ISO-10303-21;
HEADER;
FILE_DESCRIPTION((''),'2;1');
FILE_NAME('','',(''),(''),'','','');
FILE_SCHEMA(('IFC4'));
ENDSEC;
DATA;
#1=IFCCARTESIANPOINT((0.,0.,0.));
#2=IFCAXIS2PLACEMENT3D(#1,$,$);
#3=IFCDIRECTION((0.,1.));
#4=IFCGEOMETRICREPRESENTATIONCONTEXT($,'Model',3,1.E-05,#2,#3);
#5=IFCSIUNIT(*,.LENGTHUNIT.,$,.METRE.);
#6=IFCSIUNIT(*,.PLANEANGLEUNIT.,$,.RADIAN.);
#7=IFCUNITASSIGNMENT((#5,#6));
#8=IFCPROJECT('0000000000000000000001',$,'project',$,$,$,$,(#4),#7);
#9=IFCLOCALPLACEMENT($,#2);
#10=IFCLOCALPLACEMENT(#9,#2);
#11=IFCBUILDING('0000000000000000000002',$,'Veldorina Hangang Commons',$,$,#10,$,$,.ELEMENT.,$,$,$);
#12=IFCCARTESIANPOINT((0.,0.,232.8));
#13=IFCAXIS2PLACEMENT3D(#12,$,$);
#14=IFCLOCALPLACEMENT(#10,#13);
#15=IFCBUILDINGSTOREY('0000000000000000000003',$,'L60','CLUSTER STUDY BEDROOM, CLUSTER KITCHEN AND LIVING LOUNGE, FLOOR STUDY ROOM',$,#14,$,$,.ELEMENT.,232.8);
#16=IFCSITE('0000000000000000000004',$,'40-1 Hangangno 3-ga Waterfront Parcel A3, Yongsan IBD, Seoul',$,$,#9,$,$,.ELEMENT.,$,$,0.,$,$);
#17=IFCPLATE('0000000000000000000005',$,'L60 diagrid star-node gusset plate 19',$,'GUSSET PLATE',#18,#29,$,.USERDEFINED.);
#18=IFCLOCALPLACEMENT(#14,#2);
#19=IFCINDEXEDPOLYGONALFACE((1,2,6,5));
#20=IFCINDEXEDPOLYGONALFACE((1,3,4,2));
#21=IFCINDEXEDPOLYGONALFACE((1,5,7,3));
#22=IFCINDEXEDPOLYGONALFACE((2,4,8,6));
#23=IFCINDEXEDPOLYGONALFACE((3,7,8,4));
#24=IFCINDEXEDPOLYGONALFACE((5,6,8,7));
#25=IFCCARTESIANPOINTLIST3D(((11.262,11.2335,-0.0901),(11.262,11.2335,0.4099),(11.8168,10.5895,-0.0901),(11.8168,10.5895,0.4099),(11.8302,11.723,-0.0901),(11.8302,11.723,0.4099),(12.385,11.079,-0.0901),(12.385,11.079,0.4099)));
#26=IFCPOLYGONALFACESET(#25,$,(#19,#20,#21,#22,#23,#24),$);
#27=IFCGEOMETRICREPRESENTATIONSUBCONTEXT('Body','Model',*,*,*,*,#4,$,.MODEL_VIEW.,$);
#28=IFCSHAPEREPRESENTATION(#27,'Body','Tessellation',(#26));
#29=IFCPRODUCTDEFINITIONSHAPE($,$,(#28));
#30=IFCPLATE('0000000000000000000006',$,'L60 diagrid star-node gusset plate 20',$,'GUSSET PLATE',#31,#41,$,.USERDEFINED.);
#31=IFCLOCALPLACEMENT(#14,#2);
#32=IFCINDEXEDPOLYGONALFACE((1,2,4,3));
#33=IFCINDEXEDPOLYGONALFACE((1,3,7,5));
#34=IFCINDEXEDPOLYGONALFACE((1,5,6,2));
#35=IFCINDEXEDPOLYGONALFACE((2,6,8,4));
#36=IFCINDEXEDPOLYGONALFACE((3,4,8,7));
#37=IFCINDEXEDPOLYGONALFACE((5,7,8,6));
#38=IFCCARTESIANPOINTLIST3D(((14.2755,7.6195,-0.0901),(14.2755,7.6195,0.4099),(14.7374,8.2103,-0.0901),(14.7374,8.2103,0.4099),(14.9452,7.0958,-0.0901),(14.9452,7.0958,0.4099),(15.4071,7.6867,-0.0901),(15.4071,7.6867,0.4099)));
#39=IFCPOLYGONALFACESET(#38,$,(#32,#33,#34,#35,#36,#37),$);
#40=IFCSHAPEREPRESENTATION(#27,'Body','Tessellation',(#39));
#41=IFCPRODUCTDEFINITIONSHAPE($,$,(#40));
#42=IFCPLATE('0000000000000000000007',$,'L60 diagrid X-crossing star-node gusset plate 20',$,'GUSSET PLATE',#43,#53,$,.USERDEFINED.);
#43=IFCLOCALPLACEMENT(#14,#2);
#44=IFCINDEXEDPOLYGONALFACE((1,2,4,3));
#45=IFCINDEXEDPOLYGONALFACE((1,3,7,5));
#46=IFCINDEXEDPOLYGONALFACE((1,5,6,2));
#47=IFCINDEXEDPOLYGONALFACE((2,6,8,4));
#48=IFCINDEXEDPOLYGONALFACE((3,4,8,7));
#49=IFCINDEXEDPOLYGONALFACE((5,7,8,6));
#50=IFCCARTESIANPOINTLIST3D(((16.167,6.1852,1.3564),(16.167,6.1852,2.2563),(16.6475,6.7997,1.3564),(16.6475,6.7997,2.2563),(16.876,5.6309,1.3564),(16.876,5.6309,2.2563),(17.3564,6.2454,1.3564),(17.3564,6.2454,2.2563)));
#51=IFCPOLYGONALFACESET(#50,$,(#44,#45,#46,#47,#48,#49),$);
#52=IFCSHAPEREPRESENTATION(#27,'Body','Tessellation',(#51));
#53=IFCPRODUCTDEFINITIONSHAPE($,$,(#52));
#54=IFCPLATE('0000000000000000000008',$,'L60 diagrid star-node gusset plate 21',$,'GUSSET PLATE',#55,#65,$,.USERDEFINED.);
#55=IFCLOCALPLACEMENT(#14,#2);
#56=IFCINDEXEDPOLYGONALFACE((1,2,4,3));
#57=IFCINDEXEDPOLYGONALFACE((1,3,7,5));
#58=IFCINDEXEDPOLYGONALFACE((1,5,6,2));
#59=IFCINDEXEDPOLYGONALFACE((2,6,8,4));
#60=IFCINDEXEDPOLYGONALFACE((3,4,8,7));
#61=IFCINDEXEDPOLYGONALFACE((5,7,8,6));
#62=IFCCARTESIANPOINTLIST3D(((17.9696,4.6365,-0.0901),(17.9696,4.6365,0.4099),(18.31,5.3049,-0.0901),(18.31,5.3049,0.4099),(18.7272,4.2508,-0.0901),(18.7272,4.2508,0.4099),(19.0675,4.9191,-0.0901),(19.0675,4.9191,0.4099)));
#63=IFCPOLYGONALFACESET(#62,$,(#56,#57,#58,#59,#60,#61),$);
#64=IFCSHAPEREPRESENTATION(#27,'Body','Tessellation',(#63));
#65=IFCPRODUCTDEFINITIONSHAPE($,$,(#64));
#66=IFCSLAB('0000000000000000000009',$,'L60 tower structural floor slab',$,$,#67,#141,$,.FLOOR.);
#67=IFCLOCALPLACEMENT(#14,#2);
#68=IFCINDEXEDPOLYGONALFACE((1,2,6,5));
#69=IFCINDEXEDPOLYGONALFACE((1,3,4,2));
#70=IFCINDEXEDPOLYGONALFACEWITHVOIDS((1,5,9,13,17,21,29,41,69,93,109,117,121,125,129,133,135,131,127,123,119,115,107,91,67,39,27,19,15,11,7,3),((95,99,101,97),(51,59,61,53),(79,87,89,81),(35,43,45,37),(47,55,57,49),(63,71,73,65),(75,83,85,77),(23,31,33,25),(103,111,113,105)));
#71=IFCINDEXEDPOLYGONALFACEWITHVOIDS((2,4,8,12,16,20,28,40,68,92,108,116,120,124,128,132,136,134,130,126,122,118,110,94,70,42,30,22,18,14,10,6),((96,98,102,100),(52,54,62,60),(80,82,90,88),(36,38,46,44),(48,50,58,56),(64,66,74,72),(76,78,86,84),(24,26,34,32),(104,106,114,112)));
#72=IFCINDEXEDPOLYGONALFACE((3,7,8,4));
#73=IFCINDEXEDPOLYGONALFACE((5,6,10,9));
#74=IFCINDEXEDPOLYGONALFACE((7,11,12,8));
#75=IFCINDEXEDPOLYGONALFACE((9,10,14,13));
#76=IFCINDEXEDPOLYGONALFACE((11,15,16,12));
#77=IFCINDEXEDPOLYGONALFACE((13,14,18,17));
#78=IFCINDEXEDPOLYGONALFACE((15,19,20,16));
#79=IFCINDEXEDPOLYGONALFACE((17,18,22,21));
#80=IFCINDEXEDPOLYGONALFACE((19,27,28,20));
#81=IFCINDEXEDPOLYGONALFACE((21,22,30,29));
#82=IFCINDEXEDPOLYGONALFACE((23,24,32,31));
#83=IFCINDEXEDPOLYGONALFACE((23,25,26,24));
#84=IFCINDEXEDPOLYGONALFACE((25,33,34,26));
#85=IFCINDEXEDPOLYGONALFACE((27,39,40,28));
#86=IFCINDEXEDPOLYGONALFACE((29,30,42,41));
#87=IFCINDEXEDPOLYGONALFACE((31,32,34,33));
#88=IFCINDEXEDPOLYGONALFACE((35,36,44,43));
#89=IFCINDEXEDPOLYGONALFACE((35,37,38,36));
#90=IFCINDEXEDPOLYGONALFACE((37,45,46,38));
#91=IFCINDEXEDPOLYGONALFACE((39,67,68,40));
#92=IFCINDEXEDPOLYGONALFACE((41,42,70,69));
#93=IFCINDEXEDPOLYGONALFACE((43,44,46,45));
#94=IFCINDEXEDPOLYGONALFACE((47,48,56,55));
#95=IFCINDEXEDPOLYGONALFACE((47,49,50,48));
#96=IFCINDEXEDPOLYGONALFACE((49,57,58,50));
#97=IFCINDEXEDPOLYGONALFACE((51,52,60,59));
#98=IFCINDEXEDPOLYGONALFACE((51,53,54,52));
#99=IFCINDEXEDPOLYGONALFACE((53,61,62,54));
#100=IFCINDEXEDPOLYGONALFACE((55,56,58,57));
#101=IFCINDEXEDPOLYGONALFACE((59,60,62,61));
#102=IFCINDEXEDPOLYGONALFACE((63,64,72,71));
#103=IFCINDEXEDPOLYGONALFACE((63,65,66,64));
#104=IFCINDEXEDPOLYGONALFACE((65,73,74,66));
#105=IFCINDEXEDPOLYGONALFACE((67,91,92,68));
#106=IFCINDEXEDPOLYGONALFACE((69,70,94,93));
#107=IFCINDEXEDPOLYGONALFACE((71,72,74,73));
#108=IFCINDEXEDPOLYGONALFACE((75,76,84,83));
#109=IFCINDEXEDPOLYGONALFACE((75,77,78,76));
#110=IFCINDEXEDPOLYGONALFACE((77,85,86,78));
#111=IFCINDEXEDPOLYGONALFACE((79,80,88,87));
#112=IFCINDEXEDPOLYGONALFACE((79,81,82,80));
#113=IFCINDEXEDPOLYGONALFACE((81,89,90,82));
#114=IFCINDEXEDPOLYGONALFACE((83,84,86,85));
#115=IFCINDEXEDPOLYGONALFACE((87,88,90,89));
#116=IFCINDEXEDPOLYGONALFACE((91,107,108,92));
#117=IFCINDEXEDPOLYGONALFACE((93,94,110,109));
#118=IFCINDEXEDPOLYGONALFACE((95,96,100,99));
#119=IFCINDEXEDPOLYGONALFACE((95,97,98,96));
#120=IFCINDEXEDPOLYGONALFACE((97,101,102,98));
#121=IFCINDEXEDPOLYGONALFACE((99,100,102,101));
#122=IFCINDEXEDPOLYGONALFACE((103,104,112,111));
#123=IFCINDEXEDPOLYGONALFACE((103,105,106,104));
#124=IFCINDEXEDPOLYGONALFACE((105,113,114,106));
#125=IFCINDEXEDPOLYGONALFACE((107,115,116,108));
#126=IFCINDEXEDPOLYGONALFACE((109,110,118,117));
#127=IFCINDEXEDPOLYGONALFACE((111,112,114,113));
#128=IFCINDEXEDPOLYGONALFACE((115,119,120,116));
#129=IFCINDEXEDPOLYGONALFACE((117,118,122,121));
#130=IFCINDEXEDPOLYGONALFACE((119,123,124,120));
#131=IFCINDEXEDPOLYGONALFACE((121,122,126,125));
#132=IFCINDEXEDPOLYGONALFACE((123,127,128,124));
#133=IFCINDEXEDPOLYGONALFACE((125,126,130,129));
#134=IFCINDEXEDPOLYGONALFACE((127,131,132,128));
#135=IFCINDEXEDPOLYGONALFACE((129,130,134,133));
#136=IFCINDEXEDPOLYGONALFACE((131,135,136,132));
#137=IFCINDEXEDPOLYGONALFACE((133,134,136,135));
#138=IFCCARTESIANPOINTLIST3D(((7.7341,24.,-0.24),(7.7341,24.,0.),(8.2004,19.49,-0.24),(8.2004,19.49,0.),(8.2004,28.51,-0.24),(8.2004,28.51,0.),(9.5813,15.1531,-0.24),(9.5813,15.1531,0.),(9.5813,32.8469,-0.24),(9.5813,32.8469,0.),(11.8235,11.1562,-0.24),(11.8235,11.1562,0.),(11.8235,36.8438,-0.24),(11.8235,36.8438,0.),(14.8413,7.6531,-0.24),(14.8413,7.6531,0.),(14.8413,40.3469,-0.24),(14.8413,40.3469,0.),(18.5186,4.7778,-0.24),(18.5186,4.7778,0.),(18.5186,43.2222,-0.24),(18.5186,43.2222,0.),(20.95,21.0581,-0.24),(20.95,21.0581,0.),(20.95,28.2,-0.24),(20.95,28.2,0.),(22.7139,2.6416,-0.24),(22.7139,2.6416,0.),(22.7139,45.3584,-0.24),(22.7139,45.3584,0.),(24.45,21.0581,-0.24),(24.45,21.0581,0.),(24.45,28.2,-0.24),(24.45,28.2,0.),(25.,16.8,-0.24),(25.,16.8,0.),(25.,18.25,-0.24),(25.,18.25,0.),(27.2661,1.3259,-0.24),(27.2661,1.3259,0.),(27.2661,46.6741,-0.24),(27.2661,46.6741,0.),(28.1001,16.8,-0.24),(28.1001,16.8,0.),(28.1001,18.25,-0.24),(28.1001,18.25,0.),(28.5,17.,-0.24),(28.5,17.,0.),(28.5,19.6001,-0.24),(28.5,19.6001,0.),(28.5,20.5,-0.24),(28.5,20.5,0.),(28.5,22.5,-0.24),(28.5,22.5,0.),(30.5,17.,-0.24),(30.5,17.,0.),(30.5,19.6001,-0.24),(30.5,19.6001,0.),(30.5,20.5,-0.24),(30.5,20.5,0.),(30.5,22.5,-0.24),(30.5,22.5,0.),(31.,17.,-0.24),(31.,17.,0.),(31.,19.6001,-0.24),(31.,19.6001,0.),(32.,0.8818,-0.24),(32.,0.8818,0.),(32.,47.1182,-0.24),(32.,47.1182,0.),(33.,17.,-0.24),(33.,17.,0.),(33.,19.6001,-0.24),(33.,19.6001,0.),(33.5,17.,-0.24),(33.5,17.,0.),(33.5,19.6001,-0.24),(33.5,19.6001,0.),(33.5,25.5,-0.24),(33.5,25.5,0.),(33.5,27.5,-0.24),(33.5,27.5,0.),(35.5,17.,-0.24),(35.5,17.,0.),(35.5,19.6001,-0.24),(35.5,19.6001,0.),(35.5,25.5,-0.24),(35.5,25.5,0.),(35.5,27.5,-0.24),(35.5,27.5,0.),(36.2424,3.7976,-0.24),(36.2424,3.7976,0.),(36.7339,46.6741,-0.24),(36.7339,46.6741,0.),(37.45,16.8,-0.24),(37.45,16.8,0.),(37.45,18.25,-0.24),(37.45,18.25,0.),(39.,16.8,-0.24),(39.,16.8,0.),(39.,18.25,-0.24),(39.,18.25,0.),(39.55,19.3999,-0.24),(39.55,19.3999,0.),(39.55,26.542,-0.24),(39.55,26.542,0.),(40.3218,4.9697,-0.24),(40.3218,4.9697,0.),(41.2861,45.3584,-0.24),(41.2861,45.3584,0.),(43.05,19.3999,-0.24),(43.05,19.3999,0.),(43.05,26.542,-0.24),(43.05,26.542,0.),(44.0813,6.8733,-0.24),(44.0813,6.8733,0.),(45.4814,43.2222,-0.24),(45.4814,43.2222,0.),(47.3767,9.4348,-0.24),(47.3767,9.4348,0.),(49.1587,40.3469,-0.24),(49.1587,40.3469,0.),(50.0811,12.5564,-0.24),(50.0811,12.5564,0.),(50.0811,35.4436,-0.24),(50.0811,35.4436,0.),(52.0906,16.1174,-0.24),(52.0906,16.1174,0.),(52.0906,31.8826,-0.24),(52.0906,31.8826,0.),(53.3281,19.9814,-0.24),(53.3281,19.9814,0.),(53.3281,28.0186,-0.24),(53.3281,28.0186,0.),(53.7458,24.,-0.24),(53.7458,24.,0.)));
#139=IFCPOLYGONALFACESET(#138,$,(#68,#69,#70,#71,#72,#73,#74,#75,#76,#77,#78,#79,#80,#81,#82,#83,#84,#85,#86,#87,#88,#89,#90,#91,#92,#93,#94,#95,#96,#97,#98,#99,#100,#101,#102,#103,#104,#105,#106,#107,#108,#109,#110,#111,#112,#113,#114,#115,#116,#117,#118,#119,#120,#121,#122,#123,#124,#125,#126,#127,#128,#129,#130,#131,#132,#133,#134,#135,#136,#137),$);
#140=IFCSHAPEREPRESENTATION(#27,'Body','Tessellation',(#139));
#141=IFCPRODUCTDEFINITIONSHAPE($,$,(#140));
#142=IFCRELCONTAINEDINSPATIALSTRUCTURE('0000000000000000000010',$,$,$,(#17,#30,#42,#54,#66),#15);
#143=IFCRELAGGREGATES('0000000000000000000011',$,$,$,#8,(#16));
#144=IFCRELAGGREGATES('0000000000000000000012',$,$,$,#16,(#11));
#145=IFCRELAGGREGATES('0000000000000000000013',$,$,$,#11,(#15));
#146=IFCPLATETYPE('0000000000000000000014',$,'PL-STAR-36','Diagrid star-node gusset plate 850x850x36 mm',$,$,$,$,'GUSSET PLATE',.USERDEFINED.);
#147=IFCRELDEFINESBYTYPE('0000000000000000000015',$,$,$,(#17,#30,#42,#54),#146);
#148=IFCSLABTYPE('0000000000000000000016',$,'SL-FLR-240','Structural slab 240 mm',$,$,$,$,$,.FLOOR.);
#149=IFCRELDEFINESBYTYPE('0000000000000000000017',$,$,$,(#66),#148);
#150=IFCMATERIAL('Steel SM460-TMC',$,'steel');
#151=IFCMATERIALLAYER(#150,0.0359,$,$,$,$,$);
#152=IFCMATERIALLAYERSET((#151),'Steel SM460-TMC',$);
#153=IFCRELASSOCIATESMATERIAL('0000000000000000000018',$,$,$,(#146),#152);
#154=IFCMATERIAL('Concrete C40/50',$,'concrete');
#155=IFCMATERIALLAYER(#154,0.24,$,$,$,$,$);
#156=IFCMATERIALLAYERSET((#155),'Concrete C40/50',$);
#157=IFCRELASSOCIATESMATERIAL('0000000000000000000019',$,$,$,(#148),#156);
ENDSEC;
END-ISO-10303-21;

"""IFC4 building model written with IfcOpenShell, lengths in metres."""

from ifc_helpers import new_model, si_unit, direction, frame, origin, origin_2d, place, context, subcontext, project, spatial, polyline, rectangle, outline, extrude, material, layer, layer_set, type_object, element, save


model = new_model("IFC4")

# Units and contexts
model_context = context("Model", 3, precision=1e-05, world=origin(), true_north=direction((0.0, 1.0)))
body_context = subcontext(model_context, "Body", "Model", "MODEL_VIEW")
ifc_project = project(units=[si_unit("LENGTHUNIT", "METRE"), si_unit("PLANEANGLEUNIT", "RADIAN")], contexts=[model_context])

# Site, building, storey
site_placement = place(None, origin())
site = spatial("IfcSite", under=ifc_project, at=site_placement, Name="40-1 Hangangno 3-ga Waterfront Parcel A3, Yongsan IBD, Seoul", CompositionType="ELEMENT", RefElevation=0.0)
building_placement = place(site_placement, origin())
building = spatial("IfcBuilding", under=site, at=building_placement, Name="Veldorina Hangang Commons", CompositionType="ELEMENT")
storey_placement = place(building_placement, frame((0.0, 0.0, 232.8)))
storey = spatial("IfcBuildingStorey", under=building, at=storey_placement, Name="L60", Description="CLUSTER STUDY BEDROOM, CLUSTER KITCHEN AND LIVING LOUNGE, FLOOR STUDY ROOM", CompositionType="ELEMENT", Elevation=232.8)

# Plates
ifc_material_1 = material(Name="Steel SM460-TMC", Category="steel")
ifc_layer_1 = layer(ifc_material_1, 0.0359)
ifc_layer_set_1 = layer_set([ifc_layer_1], Name="Steel SM460-TMC")
plate_type = type_object("IfcPlateType", Name="PL-STAR-36", Description="Diagrid star-node gusset plate 850x850x36 mm", ElementType="GUSSET PLATE", PredefinedType="USERDEFINED", material=ifc_layer_set_1)
for number, where, z_axis, x_axis, name in (
    (1, (11.8235, 11.1562, -0.0901), (0.0, 0.0, 1.0), (0.652667, -0.757645, 0.0), "L60 diagrid star-node gusset plate 19"),
    (2, (14.8413, 7.6531, -0.0901), (0.0, 0.0, 1.0), (0.787785, -0.61595, 0.0), "L60 diagrid star-node gusset plate 20"),
):
    element("IfcPlate", number, at=place(storey_placement, frame(where, z_axis=z_axis, x_axis=x_axis)), inside=storey, type_object=plate_type, Name=name, ObjectType="GUSSET PLATE", PredefinedType="USERDEFINED", context=body_context, shape_type="SweptSolid", body=[
        extrude(rectangle(XDim=0.8501, YDim=0.75, at=origin_2d()), origin(), (0.0, 0.0, 1.0), 0.5),
    ])
plate_1_placement = place(storey_placement, frame((16.7617, 6.2153, 1.3564), z_axis=(0.0, 0.0, 1.0), x_axis=(0.787785, -0.61595, 0.0)))
element("IfcPlate", 3, at=plate_1_placement, inside=storey, type_object=plate_type, Name="L60 diagrid X-crossing star-node gusset plate 20", ObjectType="GUSSET PLATE", PredefinedType="USERDEFINED", context=body_context, shape_type="SweptSolid", body=[
    extrude(rectangle(XDim=0.8999, YDim=0.78, at=origin_2d()), origin(), (0.0, 0.0, 1.0), 0.8999),
])
plate_2_placement = place(storey_placement, frame((18.5186, 4.7778, -0.0901), z_axis=(0.0, 0.0, 1.0), x_axis=(0.891117, -0.453773, 0.0)))
element("IfcPlate", 4, at=plate_2_placement, inside=storey, type_object=plate_type, Name="L60 diagrid star-node gusset plate 21", ObjectType="GUSSET PLATE", PredefinedType="USERDEFINED", context=body_context, shape_type="SweptSolid", body=[
    extrude(rectangle(XDim=0.8501, YDim=0.75, at=origin_2d()), origin(), (0.0, 0.0, 1.0), 0.5),
])

# Slab
ifc_material_2 = material(Name="Concrete C40/50", Category="concrete")
ifc_layer_2 = layer(ifc_material_2, 0.24)
ifc_layer_set_2 = layer_set([ifc_layer_2], Name="Concrete C40/50")
slab_type_1 = type_object("IfcSlabType", Name="SL-FLR-240", Description="Structural slab 240 mm", PredefinedType="FLOOR", material=ifc_layer_set_2)
slab_1_placement = place(storey_placement, frame((0.0, 0.0, -0.24)))
element("IfcSlab", 5, at=slab_1_placement, inside=storey, type_object=slab_type_1, Name="L60 tower structural floor slab", PredefinedType="FLOOR", context=body_context, shape_type="SweptSolid", body=[
    extrude(outline(polyline([(53.7458, 24.0), (53.3281, 28.0186), (52.0906, 31.8826), (50.0811, 35.4436), (49.1587, 40.3469), (45.4814, 43.2222), (41.2861, 45.3584), (36.7339, 46.6741), (32.0, 47.1182), (27.2661, 46.6741), (22.7139, 45.3584), (18.5186, 43.2222), (14.8413, 40.3469), (11.8235, 36.8438), (9.5813, 32.8469), (8.2004, 28.51), (7.7341, 24.0), (8.2004, 19.49), (9.5813, 15.1531), (11.8235, 11.1562), (14.8413, 7.6531), (18.5186, 4.7778), (22.7139, 2.6416), (27.2661, 1.3259), (32.0, 0.8818), (36.2424, 3.7976), (40.3218, 4.9697), (44.0813, 6.8733), (47.3767, 9.4348), (50.0811, 12.5564), (52.0906, 16.1174), (53.3281, 19.9814), (53.7458, 24.0)]), holes=[polyline([(20.95, 21.0581), (20.95, 28.2), (24.45, 28.2), (24.45, 21.0581), (20.95, 21.0581)]), polyline([(43.05, 26.542), (43.05, 19.3999), (39.55, 19.3999), (39.55, 26.542), (43.05, 26.542)]), polyline([(33.5, 27.5), (35.5, 27.5), (35.5, 25.5), (33.5, 25.5), (33.5, 27.5)]), polyline([(28.5, 22.5), (30.5, 22.5), (30.5, 20.5), (28.5, 20.5), (28.5, 22.5)]), polyline([(28.5, 19.6001), (30.5, 19.6001), (30.5, 17.0), (28.5, 17.0), (28.5, 19.6001)]), polyline([(31.0, 19.6001), (33.0, 19.6001), (33.0, 17.0), (31.0, 17.0), (31.0, 19.6001)]), polyline([(33.5, 19.6001), (35.5, 19.6001), (35.5, 17.0), (33.5, 17.0), (33.5, 19.6001)]), polyline([(25.0, 18.25), (28.1001, 18.25), (28.1001, 16.8), (25.0, 16.8), (25.0, 18.25)]), polyline([(37.45, 18.25), (39.0, 18.25), (39.0, 16.8), (37.45, 16.8), (37.45, 18.25)])]), origin(), (0.0, 0.0, 1.0), 0.24),
])

save(model, "model.ifc")
